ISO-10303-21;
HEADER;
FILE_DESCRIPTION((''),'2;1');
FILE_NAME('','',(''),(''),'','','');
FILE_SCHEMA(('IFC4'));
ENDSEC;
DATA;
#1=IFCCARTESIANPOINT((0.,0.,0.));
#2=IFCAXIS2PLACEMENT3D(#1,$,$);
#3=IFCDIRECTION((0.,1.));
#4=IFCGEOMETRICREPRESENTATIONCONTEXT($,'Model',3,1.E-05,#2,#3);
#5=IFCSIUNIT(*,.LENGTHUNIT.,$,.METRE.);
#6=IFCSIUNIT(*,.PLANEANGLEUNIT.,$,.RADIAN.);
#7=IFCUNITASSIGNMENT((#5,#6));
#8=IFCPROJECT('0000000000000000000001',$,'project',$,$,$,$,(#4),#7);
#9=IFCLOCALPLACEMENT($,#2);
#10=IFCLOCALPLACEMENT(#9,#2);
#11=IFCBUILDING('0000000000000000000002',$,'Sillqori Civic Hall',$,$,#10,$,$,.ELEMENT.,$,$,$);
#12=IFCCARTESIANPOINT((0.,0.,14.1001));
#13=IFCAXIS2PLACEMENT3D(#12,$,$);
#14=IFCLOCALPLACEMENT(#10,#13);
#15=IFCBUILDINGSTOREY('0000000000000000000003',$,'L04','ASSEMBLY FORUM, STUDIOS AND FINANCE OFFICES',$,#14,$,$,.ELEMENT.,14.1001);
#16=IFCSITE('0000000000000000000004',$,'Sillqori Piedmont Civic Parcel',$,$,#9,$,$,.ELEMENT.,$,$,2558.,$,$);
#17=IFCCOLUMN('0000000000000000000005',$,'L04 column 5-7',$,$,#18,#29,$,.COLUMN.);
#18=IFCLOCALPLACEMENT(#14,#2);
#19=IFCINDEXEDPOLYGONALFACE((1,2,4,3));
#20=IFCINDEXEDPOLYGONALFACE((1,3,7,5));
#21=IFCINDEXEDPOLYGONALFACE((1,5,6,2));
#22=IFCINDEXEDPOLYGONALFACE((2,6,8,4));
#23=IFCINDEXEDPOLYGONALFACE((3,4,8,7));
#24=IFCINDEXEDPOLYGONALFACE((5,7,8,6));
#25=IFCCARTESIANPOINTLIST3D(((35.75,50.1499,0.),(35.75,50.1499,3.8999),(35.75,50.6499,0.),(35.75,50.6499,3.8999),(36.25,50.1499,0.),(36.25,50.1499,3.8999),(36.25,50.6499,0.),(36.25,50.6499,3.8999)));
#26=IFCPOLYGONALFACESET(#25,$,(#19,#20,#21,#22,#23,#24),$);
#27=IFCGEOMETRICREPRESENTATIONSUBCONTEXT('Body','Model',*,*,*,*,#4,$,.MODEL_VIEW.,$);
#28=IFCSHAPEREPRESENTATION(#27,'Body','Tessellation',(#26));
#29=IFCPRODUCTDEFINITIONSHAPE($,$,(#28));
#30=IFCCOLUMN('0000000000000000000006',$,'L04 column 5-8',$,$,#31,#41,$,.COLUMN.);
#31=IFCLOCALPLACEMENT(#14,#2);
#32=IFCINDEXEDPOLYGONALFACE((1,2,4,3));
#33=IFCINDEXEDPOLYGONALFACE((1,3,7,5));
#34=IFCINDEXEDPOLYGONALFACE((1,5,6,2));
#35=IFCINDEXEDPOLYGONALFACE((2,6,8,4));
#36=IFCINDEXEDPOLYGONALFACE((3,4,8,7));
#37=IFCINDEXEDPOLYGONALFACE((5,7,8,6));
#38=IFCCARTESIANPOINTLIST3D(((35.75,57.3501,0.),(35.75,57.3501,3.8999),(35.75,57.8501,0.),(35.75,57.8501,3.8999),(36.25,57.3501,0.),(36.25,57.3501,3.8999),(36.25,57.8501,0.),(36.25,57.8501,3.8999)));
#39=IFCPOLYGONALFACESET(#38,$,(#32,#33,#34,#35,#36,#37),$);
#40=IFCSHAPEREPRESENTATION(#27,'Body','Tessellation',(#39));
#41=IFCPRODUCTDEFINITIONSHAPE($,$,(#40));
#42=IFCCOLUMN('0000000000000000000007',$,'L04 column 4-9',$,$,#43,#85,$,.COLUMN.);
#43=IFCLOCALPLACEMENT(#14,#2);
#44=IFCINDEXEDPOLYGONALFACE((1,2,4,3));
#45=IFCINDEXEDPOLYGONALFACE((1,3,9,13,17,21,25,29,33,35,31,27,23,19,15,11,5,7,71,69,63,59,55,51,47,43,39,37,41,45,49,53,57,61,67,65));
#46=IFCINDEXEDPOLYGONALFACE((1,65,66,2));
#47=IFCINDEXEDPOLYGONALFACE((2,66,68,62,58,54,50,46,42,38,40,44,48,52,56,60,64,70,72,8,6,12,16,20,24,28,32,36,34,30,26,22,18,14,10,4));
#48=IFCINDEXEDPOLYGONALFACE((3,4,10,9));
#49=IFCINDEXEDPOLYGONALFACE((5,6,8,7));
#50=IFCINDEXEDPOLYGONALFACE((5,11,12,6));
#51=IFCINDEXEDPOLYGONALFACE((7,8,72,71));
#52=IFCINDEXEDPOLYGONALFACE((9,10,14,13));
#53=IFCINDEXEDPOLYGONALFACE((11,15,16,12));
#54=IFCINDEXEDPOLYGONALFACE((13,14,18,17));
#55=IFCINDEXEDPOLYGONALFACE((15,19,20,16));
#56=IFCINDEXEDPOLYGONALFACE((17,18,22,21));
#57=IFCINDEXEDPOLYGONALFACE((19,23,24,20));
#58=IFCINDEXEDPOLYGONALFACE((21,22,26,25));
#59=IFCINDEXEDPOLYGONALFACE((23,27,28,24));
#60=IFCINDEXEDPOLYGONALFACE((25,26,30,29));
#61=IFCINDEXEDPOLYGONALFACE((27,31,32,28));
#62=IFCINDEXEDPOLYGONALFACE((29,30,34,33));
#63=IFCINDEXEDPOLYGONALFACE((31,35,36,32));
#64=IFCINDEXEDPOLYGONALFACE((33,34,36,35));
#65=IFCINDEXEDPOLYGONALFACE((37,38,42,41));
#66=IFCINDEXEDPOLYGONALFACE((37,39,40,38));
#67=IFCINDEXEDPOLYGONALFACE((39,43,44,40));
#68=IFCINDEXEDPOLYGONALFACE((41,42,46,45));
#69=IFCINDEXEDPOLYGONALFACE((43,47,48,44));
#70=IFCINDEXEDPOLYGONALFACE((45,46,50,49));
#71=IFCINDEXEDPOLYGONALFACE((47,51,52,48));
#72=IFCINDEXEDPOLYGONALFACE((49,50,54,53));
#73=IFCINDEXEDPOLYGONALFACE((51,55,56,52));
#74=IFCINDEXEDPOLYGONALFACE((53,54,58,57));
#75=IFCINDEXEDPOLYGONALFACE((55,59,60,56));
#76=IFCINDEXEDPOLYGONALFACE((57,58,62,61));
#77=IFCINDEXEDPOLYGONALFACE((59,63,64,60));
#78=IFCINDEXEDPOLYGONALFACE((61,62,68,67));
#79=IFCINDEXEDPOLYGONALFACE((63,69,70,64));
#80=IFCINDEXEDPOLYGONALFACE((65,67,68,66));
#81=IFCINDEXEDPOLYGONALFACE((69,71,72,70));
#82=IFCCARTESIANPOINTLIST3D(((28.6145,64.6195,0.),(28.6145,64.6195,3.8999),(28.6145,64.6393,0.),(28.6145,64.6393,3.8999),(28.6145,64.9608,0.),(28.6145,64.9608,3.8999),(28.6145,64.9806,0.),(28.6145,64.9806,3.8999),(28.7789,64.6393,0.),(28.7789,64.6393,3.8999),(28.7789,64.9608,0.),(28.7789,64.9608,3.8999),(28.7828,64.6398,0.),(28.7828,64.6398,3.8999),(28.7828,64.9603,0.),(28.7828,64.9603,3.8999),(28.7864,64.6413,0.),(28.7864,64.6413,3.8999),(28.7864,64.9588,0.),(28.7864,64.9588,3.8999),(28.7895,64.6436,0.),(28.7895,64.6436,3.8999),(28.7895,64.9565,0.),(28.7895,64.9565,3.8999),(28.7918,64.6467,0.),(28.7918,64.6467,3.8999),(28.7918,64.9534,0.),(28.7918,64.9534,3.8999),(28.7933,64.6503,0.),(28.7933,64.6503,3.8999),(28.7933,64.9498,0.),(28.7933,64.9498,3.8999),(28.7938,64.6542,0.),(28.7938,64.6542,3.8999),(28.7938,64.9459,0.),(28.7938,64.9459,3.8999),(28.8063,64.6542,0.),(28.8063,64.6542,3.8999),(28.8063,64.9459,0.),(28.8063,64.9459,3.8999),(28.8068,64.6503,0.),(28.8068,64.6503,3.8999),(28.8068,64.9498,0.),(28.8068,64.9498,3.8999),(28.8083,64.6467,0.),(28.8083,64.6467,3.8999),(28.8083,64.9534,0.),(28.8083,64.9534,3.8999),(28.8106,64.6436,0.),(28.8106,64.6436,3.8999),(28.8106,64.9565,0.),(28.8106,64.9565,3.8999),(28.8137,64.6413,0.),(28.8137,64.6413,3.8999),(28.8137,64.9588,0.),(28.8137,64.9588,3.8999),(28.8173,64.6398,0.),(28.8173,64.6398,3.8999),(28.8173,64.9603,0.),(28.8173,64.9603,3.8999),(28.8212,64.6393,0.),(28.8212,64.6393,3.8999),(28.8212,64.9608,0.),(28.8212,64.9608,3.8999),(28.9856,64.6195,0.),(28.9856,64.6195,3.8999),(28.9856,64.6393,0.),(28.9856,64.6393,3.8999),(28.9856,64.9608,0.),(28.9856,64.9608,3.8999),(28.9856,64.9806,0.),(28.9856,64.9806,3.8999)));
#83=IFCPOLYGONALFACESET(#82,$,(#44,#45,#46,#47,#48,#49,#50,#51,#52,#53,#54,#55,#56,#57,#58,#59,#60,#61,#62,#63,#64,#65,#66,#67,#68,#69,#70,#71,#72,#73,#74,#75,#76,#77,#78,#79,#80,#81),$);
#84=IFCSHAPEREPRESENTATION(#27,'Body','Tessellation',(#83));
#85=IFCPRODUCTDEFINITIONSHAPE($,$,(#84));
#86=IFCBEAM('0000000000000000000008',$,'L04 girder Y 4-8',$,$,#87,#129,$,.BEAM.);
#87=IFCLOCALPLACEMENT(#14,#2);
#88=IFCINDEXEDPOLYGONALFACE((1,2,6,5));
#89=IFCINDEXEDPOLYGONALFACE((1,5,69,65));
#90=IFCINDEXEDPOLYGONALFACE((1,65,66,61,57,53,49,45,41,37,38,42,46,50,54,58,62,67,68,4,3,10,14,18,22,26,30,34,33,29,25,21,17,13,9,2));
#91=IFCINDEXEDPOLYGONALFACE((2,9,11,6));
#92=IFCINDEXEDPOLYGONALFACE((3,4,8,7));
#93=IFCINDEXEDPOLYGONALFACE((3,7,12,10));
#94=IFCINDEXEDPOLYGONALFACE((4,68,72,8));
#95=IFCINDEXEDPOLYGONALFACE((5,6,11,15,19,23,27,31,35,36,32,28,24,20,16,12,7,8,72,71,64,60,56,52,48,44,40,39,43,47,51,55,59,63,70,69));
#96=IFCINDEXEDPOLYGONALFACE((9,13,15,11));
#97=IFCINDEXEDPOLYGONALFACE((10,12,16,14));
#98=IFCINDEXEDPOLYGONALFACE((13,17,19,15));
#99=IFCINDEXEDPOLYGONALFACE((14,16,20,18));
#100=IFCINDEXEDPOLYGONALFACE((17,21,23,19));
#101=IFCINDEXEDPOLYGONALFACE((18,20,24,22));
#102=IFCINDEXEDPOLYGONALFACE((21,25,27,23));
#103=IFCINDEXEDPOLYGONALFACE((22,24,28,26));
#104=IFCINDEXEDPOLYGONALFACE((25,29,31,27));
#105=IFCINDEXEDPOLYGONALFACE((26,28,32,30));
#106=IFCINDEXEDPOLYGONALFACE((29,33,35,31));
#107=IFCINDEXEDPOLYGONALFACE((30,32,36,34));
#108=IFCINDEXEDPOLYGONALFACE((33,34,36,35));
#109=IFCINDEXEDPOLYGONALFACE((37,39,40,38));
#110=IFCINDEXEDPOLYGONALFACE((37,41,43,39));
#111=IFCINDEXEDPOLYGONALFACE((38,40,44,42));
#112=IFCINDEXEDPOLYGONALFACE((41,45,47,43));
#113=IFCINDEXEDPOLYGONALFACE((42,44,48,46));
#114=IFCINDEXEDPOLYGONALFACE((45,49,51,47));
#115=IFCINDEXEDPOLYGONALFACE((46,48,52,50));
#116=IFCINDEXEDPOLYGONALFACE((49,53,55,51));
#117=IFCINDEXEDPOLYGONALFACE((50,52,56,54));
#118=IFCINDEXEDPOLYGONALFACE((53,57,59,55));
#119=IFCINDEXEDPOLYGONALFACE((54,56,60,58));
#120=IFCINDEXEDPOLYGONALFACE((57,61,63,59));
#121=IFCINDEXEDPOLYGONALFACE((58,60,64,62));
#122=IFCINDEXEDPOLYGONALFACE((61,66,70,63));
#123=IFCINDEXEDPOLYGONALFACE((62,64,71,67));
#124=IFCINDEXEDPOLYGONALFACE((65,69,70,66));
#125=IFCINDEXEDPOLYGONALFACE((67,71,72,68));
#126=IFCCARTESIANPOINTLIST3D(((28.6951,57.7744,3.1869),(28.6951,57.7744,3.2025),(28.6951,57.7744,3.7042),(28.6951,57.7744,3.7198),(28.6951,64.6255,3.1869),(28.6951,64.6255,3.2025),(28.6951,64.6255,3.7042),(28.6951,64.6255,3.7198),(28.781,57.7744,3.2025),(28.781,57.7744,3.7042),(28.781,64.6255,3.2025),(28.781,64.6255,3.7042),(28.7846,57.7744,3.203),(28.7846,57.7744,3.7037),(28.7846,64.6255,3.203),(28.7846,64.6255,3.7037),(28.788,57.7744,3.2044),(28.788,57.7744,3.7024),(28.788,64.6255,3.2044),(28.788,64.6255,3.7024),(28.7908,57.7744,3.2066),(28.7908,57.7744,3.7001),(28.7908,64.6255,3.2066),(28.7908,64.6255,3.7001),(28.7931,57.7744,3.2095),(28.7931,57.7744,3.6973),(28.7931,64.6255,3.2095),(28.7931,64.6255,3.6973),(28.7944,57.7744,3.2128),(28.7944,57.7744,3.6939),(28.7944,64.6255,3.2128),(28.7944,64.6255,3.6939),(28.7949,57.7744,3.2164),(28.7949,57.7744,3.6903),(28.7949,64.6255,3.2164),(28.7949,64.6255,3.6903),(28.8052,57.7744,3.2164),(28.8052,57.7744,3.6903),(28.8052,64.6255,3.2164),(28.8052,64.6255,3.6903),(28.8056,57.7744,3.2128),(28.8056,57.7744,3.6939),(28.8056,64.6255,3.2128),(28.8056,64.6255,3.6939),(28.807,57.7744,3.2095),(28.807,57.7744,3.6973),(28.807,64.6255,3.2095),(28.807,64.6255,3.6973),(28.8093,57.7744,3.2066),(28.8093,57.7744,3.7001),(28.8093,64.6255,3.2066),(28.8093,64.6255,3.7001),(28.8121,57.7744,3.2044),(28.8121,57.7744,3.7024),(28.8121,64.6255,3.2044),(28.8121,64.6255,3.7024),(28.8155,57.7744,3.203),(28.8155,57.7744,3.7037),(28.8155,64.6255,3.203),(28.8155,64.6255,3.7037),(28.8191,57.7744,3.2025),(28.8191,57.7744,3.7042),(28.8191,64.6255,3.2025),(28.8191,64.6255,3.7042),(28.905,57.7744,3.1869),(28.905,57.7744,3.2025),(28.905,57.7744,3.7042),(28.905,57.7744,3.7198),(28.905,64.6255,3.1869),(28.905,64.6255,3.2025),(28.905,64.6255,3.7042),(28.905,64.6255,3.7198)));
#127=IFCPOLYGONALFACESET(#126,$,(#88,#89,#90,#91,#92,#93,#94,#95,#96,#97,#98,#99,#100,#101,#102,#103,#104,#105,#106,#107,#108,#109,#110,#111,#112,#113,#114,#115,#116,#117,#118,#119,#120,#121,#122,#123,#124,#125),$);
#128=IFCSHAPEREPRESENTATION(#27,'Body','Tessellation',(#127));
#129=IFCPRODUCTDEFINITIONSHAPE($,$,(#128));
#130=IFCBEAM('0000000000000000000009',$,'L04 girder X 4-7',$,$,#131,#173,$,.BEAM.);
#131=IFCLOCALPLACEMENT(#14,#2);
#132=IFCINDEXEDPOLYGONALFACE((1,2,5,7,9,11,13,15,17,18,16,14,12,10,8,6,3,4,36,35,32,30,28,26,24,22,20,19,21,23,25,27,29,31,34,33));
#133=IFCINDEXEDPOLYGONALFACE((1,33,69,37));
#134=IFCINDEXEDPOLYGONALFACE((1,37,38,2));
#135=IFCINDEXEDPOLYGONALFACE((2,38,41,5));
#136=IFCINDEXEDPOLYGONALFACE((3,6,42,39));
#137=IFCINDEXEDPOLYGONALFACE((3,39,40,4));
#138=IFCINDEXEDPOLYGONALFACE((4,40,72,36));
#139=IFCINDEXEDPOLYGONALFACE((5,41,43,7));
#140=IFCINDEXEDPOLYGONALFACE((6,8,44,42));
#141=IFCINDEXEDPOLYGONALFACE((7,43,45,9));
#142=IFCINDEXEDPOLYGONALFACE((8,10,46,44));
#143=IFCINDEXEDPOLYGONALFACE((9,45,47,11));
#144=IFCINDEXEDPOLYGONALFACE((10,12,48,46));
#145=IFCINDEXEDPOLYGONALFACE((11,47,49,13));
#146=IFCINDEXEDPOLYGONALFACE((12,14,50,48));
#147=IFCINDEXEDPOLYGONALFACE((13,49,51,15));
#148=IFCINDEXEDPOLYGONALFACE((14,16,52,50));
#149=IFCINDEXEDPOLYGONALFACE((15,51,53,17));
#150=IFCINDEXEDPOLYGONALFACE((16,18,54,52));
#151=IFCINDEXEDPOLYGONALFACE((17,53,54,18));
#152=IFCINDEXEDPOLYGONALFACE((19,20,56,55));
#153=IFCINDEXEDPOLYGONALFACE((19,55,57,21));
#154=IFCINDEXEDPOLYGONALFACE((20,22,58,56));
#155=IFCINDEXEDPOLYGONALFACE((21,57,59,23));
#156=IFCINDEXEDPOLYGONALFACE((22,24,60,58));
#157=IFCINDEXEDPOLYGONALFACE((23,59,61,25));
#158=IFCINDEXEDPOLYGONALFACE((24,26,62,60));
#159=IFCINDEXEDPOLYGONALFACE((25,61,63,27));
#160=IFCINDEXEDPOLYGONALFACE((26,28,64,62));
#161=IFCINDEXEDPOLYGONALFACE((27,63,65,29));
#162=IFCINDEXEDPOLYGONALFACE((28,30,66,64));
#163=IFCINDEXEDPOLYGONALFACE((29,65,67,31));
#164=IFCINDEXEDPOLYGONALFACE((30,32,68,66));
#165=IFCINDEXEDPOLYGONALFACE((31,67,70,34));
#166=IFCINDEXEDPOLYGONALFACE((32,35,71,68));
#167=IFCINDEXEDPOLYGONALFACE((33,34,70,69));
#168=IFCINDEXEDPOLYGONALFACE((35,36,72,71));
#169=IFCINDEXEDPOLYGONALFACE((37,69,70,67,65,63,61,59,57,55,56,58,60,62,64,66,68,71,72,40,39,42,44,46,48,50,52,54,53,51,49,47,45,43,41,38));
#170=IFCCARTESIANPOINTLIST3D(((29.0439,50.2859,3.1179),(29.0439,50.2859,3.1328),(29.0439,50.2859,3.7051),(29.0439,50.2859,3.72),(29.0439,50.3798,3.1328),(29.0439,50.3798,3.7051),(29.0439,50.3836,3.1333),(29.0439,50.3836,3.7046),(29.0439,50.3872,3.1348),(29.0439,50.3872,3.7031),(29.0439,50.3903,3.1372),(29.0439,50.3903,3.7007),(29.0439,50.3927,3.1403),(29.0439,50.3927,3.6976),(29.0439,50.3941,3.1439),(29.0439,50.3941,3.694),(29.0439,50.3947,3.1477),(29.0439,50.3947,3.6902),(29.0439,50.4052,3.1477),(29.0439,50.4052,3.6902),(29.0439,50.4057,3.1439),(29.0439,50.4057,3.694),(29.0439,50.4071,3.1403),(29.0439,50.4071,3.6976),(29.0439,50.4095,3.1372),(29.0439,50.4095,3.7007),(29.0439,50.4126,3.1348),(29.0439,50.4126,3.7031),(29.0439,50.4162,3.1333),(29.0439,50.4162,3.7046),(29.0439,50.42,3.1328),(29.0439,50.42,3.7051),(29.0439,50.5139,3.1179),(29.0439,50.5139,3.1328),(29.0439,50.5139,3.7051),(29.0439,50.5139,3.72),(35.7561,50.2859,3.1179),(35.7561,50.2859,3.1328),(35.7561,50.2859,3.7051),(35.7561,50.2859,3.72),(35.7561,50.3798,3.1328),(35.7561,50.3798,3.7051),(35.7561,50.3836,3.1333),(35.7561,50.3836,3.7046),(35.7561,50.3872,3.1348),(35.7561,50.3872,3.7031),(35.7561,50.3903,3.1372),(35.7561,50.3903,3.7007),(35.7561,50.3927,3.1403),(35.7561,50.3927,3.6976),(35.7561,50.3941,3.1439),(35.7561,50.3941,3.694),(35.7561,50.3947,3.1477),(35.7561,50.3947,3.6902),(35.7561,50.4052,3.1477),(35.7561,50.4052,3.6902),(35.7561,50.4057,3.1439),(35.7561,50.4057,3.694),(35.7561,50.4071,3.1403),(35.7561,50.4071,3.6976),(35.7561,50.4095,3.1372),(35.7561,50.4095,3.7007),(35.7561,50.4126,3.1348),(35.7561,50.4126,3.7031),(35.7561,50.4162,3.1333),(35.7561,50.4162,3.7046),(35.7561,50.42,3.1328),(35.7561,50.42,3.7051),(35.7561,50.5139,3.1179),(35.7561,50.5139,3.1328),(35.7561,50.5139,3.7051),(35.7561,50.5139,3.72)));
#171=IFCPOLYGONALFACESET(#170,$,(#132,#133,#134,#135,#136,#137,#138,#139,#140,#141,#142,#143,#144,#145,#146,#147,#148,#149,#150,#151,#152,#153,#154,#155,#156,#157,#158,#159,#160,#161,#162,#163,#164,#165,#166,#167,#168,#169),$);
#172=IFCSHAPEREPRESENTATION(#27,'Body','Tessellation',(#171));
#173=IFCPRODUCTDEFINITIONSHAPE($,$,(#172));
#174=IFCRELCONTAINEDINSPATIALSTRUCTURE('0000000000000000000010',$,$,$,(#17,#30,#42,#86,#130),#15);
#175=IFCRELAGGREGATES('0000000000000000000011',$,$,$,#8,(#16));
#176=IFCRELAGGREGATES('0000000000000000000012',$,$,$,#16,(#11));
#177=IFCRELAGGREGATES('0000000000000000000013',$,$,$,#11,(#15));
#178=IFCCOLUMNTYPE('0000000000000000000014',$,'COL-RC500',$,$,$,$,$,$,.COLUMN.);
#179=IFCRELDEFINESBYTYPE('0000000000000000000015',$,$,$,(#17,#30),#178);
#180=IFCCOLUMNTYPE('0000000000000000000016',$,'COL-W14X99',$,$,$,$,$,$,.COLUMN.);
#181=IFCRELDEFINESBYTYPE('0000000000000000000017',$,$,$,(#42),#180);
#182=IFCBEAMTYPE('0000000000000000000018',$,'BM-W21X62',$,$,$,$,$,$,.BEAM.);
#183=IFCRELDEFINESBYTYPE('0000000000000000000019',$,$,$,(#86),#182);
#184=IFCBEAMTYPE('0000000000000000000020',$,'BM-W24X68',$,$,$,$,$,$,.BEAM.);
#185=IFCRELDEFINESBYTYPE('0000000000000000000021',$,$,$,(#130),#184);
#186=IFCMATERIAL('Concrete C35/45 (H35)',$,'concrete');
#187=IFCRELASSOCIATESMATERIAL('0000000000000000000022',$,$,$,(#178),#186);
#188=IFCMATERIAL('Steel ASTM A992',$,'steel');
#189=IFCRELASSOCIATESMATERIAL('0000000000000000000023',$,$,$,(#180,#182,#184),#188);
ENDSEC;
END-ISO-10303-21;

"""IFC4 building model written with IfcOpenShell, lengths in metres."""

from ifc_helpers import new_model, si_unit, direction, frame, origin, origin_2d, place, context, subcontext, project, spatial, rectangle, i_section, extrude, material, material_profile, profile_set, type_object, element, save


model = new_model("IFC4")

# Units and contexts
model_context = context("Model", 3, precision=1e-05, world=origin(), true_north=direction((0.0, 1.0)))
body_context = subcontext(model_context, "Body", "Model", "MODEL_VIEW")
ifc_project = project(units=[si_unit("LENGTHUNIT", "METRE"), si_unit("PLANEANGLEUNIT", "RADIAN")], contexts=[model_context])

# Site, building, storey
site_placement = place(None, origin())
site = spatial("IfcSite", under=ifc_project, at=site_placement, Name="Sillqori Piedmont Civic Parcel", CompositionType="ELEMENT", RefElevation=2558.0)
building_placement = place(site_placement, origin())
building = spatial("IfcBuilding", under=site, at=building_placement, Name="Sillqori Civic Hall", CompositionType="ELEMENT")
storey_placement = place(building_placement, frame((0.0, 0.0, 14.1001)))
storey = spatial("IfcBuildingStorey", under=building, at=storey_placement, Name="L04", Description="ASSEMBLY FORUM, STUDIOS AND FINANCE OFFICES", CompositionType="ELEMENT", Elevation=14.1001)

# Columns
ifc_material_1 = material(Name="Concrete C35/45 (H35)", Category="concrete")
ifc_material_profile_1 = material_profile(ifc_material_1, rectangle(XDim=0.5, YDim=0.5, at=origin_2d()), Name="RC 500x500")
ifc_profile_set_1 = profile_set([ifc_material_profile_1], Name="Concrete C35/45 (H35)")
column_type_1 = type_object("IfcColumnType", Name="COL-RC500", PredefinedType="COLUMN", material=ifc_profile_set_1)
for number, where, z_axis, x_axis, name in (
    (1, (36.0, 50.3999, 0.0), (0.0, 0.0, 1.0), (1.0, 0.0, 0.0), "L04 column 5-7"),
    (2, (36.0, 57.6001, 0.0), (0.0, 0.0, 1.0), (1.0, 0.0, 0.0), "L04 column 5-8"),
):
    element("IfcColumn", number, at=place(storey_placement, frame(where, z_axis=z_axis, x_axis=x_axis)), inside=storey, type_object=column_type_1, Name=name, PredefinedType="COLUMN", context=body_context, shape_type="SweptSolid", body=[
        extrude(rectangle(XDim=0.5, YDim=0.5, at=origin_2d()), origin(), (0.0, 0.0, 1.0), 3.8999),
    ])
ifc_material_2 = material(Name="Steel ASTM A992", Category="steel")
ifc_material_profile_2 = material_profile(ifc_material_2, i_section(OverallWidth=0.3711, OverallDepth=0.3611, WebThickness=0.0125, FlangeThickness=0.0198, FilletRadius=0.0149, at=origin_2d()), Name="W14X99")
ifc_profile_set_2 = profile_set([ifc_material_profile_2], Name="Steel ASTM A992")
column_type_2 = type_object("IfcColumnType", Name="COL-W14X99", PredefinedType="COLUMN", material=ifc_profile_set_2)
column_placement = place(storey_placement, frame((28.8, 64.8, 0.0), z_axis=(0.0, 0.0, 1.0), x_axis=(1.0, 0.0, 0.0)))
element("IfcColumn", 3, at=column_placement, inside=storey, type_object=column_type_2, Name="L04 column 4-9", PredefinedType="COLUMN", context=body_context, shape_type="SweptSolid", body=[
    extrude(i_section(OverallWidth=0.3711, OverallDepth=0.3611, WebThickness=0.0125, FlangeThickness=0.0198, FilletRadius=0.0149, at=origin_2d()), origin(), (0.0, 0.0, 1.0), 3.8999),
])

# Beams
ifc_material_profile_3 = material_profile(ifc_material_2, i_section(OverallWidth=0.21, OverallDepth=0.533, WebThickness=0.0103, FlangeThickness=0.0156, FilletRadius=0.0139, at=origin_2d()), Name="W21X62")
ifc_profile_set_3 = profile_set([ifc_material_profile_3], Name="Steel ASTM A992")
beam_type_1 = type_object("IfcBeamType", Name="BM-W21X62", PredefinedType="BEAM", material=ifc_profile_set_3)
beam_1_placement = place(storey_placement, frame((28.8, 57.7744, 3.4534), z_axis=(0.0, 1.0, 0.0), x_axis=(-1.0, 0.0, 0.0)))
element("IfcBeam", 4, at=beam_1_placement, inside=storey, type_object=beam_type_1, Name="L04 girder Y 4-8", PredefinedType="BEAM", context=body_context, shape_type="SweptSolid", body=[
    extrude(i_section(OverallWidth=0.21, OverallDepth=0.533, WebThickness=0.0103, FlangeThickness=0.0156, FilletRadius=0.0139, at=origin_2d()), origin(), (0.0, 0.0, 1.0), 6.8511),
])
ifc_material_profile_4 = material_profile(ifc_material_2, i_section(OverallWidth=0.228, OverallDepth=0.6021, WebThickness=0.0105, FlangeThickness=0.0149, FilletRadius=0.0149, at=origin_2d()), Name="W24X68")
ifc_profile_set_4 = profile_set([ifc_material_profile_4], Name="Steel ASTM A992")
beam_type_2 = type_object("IfcBeamType", Name="BM-W24X68", PredefinedType="BEAM", material=ifc_profile_set_4)
beam_2_placement = place(storey_placement, frame((29.0439, 50.3999, 3.4189), z_axis=(1.0, 0.0, 0.0), x_axis=(0.0, 1.0, 0.0)))
element("IfcBeam", 5, at=beam_2_placement, inside=storey, type_object=beam_type_2, Name="L04 girder X 4-7", PredefinedType="BEAM", context=body_context, shape_type="SweptSolid", body=[
    extrude(i_section(OverallWidth=0.228, OverallDepth=0.6021, WebThickness=0.0105, FlangeThickness=0.0149, FilletRadius=0.0149, at=origin_2d()), origin(), (0.0, 0.0, 1.0), 6.7122),
])

save(model, "model.ifc")
